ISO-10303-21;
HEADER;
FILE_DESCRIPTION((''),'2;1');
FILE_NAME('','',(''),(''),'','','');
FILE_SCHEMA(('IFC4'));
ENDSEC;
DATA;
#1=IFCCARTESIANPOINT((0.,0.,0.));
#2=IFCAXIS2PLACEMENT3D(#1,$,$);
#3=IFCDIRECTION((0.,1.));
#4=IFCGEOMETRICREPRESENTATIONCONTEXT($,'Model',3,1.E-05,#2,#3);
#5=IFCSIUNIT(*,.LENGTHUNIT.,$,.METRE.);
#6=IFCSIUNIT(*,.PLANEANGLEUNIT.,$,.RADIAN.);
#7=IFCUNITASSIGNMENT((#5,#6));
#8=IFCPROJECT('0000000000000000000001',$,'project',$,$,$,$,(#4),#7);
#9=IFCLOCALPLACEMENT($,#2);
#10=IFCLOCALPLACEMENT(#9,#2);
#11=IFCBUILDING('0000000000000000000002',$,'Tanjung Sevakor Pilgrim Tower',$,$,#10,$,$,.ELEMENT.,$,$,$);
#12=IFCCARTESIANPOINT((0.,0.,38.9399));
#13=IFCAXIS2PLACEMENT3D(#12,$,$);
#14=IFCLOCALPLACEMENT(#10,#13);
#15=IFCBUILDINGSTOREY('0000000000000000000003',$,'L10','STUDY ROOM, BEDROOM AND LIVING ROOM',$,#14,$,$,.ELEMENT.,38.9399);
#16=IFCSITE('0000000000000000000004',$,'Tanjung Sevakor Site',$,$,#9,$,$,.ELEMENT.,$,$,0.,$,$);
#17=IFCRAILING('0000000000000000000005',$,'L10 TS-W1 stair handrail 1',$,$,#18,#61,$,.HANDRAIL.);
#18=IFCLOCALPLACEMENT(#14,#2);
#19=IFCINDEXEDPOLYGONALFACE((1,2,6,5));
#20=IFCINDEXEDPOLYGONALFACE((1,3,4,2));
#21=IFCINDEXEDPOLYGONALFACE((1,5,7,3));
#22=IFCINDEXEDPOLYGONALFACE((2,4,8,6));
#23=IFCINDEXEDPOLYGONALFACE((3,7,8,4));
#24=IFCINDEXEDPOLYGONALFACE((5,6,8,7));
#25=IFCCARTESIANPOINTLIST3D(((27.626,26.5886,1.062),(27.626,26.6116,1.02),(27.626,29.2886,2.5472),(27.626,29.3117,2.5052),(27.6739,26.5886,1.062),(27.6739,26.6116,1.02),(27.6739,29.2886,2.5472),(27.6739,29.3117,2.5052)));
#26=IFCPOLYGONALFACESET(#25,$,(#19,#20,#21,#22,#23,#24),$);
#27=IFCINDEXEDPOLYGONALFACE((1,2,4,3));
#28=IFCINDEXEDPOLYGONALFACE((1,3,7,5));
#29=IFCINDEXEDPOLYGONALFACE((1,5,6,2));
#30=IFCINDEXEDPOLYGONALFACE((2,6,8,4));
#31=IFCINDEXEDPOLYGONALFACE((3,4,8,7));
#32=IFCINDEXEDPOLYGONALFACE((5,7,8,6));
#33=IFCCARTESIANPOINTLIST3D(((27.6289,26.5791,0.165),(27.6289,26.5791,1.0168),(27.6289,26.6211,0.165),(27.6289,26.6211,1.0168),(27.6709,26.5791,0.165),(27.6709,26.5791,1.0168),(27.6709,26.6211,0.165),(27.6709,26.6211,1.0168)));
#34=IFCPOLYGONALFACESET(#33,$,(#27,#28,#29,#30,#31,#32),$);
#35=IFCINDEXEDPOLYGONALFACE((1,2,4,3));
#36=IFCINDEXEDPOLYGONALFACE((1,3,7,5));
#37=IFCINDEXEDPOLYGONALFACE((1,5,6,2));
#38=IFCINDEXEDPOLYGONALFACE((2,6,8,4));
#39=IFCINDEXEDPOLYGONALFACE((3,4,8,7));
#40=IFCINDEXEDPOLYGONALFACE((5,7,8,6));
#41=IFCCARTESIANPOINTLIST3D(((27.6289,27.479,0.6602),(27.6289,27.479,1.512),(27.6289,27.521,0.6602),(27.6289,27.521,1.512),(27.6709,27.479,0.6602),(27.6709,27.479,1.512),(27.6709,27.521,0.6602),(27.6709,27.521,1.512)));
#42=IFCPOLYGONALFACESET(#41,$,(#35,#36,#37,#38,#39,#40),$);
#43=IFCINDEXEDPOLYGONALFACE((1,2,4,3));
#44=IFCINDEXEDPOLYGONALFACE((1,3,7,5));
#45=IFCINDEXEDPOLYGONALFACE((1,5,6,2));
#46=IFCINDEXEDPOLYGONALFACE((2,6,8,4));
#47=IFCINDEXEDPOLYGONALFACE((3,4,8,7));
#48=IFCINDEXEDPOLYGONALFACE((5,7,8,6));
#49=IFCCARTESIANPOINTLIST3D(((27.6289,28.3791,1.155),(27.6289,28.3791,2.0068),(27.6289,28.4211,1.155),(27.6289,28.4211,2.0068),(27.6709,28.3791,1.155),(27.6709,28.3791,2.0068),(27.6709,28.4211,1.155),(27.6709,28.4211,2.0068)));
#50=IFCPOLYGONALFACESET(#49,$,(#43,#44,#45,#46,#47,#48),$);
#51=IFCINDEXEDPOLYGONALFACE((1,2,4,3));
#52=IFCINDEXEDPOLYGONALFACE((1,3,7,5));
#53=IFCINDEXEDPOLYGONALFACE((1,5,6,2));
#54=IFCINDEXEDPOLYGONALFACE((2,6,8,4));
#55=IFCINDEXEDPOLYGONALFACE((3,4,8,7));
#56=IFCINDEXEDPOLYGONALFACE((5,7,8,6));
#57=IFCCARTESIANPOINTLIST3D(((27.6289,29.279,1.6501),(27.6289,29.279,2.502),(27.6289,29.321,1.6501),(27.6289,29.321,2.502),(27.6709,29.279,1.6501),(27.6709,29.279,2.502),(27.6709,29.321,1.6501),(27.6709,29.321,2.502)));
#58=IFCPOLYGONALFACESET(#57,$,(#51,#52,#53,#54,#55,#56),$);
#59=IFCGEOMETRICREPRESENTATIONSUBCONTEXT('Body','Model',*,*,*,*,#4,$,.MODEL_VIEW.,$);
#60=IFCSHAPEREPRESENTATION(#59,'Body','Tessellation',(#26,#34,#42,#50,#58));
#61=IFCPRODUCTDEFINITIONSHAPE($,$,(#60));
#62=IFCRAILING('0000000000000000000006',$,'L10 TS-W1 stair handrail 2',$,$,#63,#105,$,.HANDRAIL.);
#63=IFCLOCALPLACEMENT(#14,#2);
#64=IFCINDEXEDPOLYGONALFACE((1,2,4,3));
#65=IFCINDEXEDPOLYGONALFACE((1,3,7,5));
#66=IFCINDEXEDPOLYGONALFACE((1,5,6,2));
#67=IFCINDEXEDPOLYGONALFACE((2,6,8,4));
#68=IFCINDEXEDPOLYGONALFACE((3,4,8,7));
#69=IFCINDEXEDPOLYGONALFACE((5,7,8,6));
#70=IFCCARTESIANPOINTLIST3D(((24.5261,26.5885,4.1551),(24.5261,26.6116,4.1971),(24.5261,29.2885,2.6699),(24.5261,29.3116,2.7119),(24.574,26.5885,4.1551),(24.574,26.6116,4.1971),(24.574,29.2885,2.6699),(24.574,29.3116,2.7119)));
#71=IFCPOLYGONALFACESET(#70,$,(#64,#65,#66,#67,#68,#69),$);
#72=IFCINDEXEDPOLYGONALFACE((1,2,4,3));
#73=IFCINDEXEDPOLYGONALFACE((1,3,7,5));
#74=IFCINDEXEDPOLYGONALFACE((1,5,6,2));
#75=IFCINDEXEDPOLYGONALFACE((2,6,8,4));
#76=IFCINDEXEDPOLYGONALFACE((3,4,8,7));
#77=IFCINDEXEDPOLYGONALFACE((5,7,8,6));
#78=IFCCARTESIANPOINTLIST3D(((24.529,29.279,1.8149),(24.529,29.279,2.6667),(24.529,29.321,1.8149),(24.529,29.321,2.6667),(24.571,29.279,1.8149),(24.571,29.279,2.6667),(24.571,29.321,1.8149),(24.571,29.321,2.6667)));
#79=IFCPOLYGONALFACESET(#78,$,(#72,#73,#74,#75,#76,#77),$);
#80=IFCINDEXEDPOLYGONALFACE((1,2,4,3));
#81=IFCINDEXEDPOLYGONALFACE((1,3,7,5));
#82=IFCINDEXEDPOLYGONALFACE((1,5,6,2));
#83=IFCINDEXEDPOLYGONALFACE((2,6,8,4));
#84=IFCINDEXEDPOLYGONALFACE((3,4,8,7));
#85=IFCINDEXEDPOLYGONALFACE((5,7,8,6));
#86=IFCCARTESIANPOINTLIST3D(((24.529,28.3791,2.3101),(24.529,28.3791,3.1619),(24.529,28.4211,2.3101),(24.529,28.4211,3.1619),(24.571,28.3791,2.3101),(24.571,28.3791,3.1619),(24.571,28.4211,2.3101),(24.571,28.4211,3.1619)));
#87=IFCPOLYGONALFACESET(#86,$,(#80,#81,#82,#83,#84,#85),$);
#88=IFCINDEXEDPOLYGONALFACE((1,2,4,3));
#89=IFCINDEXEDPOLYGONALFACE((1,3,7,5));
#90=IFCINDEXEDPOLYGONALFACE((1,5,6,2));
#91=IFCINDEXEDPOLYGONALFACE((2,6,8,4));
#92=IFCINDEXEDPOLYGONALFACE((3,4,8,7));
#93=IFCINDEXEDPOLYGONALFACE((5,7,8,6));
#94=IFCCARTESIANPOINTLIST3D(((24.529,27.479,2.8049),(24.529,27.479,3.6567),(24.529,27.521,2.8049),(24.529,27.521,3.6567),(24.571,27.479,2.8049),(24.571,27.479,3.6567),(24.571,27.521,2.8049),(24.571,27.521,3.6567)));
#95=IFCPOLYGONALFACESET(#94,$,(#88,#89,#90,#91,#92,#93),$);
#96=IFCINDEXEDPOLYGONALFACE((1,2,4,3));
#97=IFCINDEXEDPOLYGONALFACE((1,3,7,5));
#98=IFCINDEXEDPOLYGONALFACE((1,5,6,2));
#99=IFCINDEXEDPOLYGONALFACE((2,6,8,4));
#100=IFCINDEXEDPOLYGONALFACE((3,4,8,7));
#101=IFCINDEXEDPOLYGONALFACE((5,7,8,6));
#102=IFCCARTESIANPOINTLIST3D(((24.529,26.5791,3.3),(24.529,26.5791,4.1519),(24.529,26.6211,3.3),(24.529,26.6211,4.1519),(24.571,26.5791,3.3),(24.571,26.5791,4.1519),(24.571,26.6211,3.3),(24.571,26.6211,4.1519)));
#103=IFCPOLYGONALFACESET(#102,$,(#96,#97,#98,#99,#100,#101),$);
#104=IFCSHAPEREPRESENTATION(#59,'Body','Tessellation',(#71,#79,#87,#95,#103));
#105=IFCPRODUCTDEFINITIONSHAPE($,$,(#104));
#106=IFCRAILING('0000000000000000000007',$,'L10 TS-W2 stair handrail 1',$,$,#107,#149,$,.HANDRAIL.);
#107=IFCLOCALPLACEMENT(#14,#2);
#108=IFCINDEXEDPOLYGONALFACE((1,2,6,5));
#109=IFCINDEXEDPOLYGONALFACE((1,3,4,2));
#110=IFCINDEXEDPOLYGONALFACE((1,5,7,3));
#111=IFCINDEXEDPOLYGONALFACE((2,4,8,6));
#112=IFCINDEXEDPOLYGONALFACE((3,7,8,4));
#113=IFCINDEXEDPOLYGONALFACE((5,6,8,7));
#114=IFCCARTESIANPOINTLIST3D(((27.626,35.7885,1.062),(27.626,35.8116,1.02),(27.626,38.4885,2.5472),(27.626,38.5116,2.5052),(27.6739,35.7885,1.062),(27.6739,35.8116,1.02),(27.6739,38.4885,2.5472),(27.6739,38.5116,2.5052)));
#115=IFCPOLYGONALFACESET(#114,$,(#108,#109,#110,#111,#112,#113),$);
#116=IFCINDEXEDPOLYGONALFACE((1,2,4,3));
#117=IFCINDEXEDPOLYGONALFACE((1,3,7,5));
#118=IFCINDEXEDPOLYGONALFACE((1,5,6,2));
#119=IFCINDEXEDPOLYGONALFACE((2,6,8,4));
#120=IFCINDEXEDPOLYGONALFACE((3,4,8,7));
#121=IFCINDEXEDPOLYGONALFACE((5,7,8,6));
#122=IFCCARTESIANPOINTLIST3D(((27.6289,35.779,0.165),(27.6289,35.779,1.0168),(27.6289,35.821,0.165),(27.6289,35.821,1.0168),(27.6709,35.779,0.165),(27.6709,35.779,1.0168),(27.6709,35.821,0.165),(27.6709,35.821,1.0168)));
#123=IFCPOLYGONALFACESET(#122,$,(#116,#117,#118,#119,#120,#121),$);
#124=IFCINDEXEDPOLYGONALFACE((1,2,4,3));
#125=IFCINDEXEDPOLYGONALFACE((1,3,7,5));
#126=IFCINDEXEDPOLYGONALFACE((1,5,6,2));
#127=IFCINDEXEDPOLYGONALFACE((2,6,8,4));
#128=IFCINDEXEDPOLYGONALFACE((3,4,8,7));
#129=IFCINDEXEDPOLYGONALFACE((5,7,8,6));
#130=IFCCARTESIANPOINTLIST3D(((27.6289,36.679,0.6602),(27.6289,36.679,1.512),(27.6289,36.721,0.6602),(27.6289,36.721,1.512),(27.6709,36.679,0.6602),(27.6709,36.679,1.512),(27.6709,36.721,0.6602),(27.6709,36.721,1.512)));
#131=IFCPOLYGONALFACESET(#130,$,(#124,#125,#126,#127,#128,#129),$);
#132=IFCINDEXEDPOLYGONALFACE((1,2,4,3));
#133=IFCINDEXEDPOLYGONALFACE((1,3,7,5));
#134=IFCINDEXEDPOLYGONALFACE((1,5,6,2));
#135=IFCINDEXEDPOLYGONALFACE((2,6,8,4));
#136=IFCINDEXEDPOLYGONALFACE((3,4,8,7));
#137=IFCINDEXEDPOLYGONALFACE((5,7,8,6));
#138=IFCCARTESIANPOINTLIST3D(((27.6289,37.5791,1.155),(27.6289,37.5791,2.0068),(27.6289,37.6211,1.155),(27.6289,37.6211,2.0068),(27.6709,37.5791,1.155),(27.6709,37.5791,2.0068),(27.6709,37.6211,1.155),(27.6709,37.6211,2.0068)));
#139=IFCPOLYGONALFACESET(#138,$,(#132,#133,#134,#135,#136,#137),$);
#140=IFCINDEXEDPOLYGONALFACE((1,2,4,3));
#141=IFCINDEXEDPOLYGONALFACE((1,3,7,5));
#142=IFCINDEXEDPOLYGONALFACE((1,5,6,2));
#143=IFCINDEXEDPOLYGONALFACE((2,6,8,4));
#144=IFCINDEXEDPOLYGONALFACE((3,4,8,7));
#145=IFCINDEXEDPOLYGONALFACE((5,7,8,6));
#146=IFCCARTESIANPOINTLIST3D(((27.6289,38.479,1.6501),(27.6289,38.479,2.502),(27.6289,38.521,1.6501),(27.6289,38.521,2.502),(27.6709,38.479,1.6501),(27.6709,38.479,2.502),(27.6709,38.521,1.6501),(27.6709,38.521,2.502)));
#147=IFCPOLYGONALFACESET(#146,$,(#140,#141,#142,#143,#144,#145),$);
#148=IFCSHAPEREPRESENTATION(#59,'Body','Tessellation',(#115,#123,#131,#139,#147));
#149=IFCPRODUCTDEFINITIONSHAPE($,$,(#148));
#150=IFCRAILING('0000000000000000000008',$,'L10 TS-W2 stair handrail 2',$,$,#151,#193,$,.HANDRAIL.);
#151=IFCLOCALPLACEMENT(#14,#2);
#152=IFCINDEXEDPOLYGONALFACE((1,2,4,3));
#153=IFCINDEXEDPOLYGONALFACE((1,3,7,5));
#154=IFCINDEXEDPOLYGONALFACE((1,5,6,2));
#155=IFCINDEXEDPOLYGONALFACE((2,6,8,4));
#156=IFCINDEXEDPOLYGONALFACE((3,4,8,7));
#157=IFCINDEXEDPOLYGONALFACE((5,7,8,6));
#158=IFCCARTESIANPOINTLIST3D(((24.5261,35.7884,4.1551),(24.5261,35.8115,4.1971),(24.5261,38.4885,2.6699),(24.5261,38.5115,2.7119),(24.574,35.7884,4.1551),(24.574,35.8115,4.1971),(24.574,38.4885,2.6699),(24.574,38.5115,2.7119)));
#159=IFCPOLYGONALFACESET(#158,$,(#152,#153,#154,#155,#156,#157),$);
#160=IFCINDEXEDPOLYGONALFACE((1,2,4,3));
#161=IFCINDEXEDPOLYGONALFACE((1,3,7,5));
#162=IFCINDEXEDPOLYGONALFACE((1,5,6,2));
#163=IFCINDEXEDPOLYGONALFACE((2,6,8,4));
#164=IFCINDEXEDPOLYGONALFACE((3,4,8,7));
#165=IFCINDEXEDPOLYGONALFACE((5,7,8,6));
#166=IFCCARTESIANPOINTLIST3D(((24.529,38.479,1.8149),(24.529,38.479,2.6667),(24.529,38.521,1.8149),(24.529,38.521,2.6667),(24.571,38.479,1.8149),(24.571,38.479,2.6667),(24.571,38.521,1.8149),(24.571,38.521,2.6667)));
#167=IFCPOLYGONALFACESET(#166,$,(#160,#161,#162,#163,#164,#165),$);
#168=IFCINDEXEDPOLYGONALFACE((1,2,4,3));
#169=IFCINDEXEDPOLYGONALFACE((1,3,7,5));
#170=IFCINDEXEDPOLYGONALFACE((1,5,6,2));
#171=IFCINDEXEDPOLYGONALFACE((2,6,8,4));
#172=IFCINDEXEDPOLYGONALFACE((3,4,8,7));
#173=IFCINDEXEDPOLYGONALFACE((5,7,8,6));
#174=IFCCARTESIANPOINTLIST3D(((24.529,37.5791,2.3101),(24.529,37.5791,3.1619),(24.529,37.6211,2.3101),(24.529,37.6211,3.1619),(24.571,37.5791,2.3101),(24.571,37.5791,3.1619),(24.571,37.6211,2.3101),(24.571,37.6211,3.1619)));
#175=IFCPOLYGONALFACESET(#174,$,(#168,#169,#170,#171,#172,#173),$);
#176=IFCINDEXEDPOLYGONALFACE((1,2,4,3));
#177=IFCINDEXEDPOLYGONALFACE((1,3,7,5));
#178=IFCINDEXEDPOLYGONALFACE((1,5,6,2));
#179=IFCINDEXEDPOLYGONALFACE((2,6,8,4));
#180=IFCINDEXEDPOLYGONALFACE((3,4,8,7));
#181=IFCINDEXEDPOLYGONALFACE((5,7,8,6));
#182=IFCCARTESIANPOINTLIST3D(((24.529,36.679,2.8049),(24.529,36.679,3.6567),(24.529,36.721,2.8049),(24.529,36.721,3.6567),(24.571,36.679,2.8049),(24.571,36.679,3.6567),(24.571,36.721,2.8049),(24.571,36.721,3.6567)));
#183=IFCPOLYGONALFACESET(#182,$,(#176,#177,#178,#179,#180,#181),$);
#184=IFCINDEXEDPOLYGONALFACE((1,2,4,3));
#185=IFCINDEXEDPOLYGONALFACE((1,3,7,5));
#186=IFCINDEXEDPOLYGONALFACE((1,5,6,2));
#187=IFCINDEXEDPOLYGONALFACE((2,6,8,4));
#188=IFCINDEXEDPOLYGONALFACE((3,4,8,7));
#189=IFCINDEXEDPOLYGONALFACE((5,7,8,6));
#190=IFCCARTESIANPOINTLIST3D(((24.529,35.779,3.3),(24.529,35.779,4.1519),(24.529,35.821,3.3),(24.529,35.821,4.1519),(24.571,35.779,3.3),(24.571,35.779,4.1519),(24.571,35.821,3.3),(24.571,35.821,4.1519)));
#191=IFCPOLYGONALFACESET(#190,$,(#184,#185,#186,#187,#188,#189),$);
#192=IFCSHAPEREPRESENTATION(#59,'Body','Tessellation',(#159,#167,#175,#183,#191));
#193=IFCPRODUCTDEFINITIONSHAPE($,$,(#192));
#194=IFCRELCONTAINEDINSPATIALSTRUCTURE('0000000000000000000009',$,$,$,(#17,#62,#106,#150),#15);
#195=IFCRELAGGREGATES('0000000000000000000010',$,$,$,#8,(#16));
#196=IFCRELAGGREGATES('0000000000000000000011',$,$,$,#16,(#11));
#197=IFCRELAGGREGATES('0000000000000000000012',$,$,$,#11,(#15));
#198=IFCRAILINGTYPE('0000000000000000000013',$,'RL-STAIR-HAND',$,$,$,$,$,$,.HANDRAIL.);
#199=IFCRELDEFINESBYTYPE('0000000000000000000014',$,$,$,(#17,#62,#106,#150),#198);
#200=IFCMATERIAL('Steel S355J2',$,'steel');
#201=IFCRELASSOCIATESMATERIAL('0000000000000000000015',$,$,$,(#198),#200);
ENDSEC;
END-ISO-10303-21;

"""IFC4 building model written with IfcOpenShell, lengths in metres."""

from ifc_helpers import new_model, si_unit, direction, frame, origin, place, context, subcontext, project, spatial, rectangle, extrude, material, type_object, element, save


model = new_model("IFC4")

# Units and contexts
model_context = context("Model", 3, precision=1e-05, world=origin(), true_north=direction((0.0, 1.0)))
body_context = subcontext(model_context, "Body", "Model", "MODEL_VIEW")
ifc_project = project(units=[si_unit("LENGTHUNIT", "METRE"), si_unit("PLANEANGLEUNIT", "RADIAN")], contexts=[model_context])

# Site, building, storey
site_placement = place(None, origin())
site = spatial("IfcSite", under=ifc_project, at=site_placement, Name="Tanjung Sevakor Site", CompositionType="ELEMENT", RefElevation=0.0)
building_placement = place(site_placement, origin())
building = spatial("IfcBuilding", under=site, at=building_placement, Name="Tanjung Sevakor Pilgrim Tower", CompositionType="ELEMENT")
storey_placement = place(building_placement, frame((0.0, 0.0, 38.9399)))
storey = spatial("IfcBuildingStorey", under=building, at=storey_placement, Name="L10", Description="STUDY ROOM, BEDROOM AND LIVING ROOM", CompositionType="ELEMENT", Elevation=38.9399)

# Railings
ifc_material_1 = material(Name="Steel S355J2", Category="steel")
railing_type_1 = type_object("IfcRailingType", Name="RL-STAIR-HAND", PredefinedType="HANDRAIL", material=ifc_material_1)
railing_1_placement = place(storey_placement, frame((27.6499, 26.6001, 0.165)))
element("IfcRailing", 1, at=railing_1_placement, inside=storey, type_object=railing_type_1, Name="L10 TS-W1 stair handrail 1", PredefinedType="HANDRAIL", context=body_context, shape_type="SweptSolid", body=[
    extrude(rectangle(XDim=0.0479, YDim=0.0479), frame((0.0, 0.0, 0.876), z_axis=(0.0, 0.876198, 0.481952), x_axis=(-1.0, 0.0, 0.0)), (0.0, 0.0, 1.0), 3.0815),
    extrude(rectangle(XDim=0.042, YDim=0.042), origin(), (0.0, 0.0, 1.0), 0.8518),
    extrude(rectangle(XDim=0.042, YDim=0.042), frame((0.0, 0.8999, 0.4951)), (0.0, 0.0, 1.0), 0.8518),
    extrude(rectangle(XDim=0.042, YDim=0.042), frame((0.0, 1.8, 0.99)), (0.0, 0.0, 1.0), 0.8518),
    extrude(rectangle(XDim=0.042, YDim=0.042), frame((0.0, 2.7, 1.4851)), (0.0, 0.0, 1.0), 0.8518),
])
railing_2_placement = place(storey_placement, frame((24.55, 29.3, 1.8149)))
element("IfcRailing", 2, at=railing_2_placement, inside=storey, type_object=railing_type_1, Name="L10 TS-W1 stair handrail 2", PredefinedType="HANDRAIL", context=body_context, shape_type="SweptSolid", body=[
    extrude(rectangle(XDim=0.0479, YDim=0.0479), frame((0.0, 0.0, 0.876), z_axis=(0.0, -0.876198, 0.481952), x_axis=(1.0, 0.0, 0.0)), (0.0, 0.0, 1.0), 3.0815),
    extrude(rectangle(XDim=0.042, YDim=0.042), origin(), (0.0, 0.0, 1.0), 0.8518),
    extrude(rectangle(XDim=0.042, YDim=0.042), frame((0.0, -0.8999, 0.4951)), (0.0, 0.0, 1.0), 0.8518),
    extrude(rectangle(XDim=0.042, YDim=0.042), frame((0.0, -1.8, 0.99)), (0.0, 0.0, 1.0), 0.8518),
    extrude(rectangle(XDim=0.042, YDim=0.042), frame((0.0, -2.7, 1.4851)), (0.0, 0.0, 1.0), 0.8518),
])
railing_3_placement = place(storey_placement, frame((27.6499, 35.8, 0.165)))
element("IfcRailing", 3, at=railing_3_placement, inside=storey, type_object=railing_type_1, Name="L10 TS-W2 stair handrail 1", PredefinedType="HANDRAIL", context=body_context, shape_type="SweptSolid", body=[
    extrude(rectangle(XDim=0.0479, YDim=0.0479), frame((0.0, 0.0, 0.876), z_axis=(0.0, 0.876198, 0.481952), x_axis=(-1.0, 0.0, 0.0)), (0.0, 0.0, 1.0), 3.0815),
    extrude(rectangle(XDim=0.042, YDim=0.042), origin(), (0.0, 0.0, 1.0), 0.8518),
    extrude(rectangle(XDim=0.042, YDim=0.042), frame((0.0, 0.8999, 0.4951)), (0.0, 0.0, 1.0), 0.8518),
    extrude(rectangle(XDim=0.042, YDim=0.042), frame((0.0, 1.8, 0.99)), (0.0, 0.0, 1.0), 0.8518),
    extrude(rectangle(XDim=0.042, YDim=0.042), frame((0.0, 2.7, 1.4851)), (0.0, 0.0, 1.0), 0.8518),
])
railing_4_placement = place(storey_placement, frame((24.55, 38.5, 1.8149)))
element("IfcRailing", 4, at=railing_4_placement, inside=storey, type_object=railing_type_1, Name="L10 TS-W2 stair handrail 2", PredefinedType="HANDRAIL", context=body_context, shape_type="SweptSolid", body=[
    extrude(rectangle(XDim=0.0479, YDim=0.0479), frame((0.0, 0.0, 0.876), z_axis=(0.0, -0.876198, 0.481952), x_axis=(1.0, 0.0, 0.0)), (0.0, 0.0, 1.0), 3.0815),
    extrude(rectangle(XDim=0.042, YDim=0.042), origin(), (0.0, 0.0, 1.0), 0.8518),
    extrude(rectangle(XDim=0.042, YDim=0.042), frame((0.0, -0.8999, 0.4951)), (0.0, 0.0, 1.0), 0.8518),
    extrude(rectangle(XDim=0.042, YDim=0.042), frame((0.0, -1.8, 0.99)), (0.0, 0.0, 1.0), 0.8518),
    extrude(rectangle(XDim=0.042, YDim=0.042), frame((0.0, -2.7, 1.4851)), (0.0, 0.0, 1.0), 0.8518),
])

save(model, "model.ifc")
